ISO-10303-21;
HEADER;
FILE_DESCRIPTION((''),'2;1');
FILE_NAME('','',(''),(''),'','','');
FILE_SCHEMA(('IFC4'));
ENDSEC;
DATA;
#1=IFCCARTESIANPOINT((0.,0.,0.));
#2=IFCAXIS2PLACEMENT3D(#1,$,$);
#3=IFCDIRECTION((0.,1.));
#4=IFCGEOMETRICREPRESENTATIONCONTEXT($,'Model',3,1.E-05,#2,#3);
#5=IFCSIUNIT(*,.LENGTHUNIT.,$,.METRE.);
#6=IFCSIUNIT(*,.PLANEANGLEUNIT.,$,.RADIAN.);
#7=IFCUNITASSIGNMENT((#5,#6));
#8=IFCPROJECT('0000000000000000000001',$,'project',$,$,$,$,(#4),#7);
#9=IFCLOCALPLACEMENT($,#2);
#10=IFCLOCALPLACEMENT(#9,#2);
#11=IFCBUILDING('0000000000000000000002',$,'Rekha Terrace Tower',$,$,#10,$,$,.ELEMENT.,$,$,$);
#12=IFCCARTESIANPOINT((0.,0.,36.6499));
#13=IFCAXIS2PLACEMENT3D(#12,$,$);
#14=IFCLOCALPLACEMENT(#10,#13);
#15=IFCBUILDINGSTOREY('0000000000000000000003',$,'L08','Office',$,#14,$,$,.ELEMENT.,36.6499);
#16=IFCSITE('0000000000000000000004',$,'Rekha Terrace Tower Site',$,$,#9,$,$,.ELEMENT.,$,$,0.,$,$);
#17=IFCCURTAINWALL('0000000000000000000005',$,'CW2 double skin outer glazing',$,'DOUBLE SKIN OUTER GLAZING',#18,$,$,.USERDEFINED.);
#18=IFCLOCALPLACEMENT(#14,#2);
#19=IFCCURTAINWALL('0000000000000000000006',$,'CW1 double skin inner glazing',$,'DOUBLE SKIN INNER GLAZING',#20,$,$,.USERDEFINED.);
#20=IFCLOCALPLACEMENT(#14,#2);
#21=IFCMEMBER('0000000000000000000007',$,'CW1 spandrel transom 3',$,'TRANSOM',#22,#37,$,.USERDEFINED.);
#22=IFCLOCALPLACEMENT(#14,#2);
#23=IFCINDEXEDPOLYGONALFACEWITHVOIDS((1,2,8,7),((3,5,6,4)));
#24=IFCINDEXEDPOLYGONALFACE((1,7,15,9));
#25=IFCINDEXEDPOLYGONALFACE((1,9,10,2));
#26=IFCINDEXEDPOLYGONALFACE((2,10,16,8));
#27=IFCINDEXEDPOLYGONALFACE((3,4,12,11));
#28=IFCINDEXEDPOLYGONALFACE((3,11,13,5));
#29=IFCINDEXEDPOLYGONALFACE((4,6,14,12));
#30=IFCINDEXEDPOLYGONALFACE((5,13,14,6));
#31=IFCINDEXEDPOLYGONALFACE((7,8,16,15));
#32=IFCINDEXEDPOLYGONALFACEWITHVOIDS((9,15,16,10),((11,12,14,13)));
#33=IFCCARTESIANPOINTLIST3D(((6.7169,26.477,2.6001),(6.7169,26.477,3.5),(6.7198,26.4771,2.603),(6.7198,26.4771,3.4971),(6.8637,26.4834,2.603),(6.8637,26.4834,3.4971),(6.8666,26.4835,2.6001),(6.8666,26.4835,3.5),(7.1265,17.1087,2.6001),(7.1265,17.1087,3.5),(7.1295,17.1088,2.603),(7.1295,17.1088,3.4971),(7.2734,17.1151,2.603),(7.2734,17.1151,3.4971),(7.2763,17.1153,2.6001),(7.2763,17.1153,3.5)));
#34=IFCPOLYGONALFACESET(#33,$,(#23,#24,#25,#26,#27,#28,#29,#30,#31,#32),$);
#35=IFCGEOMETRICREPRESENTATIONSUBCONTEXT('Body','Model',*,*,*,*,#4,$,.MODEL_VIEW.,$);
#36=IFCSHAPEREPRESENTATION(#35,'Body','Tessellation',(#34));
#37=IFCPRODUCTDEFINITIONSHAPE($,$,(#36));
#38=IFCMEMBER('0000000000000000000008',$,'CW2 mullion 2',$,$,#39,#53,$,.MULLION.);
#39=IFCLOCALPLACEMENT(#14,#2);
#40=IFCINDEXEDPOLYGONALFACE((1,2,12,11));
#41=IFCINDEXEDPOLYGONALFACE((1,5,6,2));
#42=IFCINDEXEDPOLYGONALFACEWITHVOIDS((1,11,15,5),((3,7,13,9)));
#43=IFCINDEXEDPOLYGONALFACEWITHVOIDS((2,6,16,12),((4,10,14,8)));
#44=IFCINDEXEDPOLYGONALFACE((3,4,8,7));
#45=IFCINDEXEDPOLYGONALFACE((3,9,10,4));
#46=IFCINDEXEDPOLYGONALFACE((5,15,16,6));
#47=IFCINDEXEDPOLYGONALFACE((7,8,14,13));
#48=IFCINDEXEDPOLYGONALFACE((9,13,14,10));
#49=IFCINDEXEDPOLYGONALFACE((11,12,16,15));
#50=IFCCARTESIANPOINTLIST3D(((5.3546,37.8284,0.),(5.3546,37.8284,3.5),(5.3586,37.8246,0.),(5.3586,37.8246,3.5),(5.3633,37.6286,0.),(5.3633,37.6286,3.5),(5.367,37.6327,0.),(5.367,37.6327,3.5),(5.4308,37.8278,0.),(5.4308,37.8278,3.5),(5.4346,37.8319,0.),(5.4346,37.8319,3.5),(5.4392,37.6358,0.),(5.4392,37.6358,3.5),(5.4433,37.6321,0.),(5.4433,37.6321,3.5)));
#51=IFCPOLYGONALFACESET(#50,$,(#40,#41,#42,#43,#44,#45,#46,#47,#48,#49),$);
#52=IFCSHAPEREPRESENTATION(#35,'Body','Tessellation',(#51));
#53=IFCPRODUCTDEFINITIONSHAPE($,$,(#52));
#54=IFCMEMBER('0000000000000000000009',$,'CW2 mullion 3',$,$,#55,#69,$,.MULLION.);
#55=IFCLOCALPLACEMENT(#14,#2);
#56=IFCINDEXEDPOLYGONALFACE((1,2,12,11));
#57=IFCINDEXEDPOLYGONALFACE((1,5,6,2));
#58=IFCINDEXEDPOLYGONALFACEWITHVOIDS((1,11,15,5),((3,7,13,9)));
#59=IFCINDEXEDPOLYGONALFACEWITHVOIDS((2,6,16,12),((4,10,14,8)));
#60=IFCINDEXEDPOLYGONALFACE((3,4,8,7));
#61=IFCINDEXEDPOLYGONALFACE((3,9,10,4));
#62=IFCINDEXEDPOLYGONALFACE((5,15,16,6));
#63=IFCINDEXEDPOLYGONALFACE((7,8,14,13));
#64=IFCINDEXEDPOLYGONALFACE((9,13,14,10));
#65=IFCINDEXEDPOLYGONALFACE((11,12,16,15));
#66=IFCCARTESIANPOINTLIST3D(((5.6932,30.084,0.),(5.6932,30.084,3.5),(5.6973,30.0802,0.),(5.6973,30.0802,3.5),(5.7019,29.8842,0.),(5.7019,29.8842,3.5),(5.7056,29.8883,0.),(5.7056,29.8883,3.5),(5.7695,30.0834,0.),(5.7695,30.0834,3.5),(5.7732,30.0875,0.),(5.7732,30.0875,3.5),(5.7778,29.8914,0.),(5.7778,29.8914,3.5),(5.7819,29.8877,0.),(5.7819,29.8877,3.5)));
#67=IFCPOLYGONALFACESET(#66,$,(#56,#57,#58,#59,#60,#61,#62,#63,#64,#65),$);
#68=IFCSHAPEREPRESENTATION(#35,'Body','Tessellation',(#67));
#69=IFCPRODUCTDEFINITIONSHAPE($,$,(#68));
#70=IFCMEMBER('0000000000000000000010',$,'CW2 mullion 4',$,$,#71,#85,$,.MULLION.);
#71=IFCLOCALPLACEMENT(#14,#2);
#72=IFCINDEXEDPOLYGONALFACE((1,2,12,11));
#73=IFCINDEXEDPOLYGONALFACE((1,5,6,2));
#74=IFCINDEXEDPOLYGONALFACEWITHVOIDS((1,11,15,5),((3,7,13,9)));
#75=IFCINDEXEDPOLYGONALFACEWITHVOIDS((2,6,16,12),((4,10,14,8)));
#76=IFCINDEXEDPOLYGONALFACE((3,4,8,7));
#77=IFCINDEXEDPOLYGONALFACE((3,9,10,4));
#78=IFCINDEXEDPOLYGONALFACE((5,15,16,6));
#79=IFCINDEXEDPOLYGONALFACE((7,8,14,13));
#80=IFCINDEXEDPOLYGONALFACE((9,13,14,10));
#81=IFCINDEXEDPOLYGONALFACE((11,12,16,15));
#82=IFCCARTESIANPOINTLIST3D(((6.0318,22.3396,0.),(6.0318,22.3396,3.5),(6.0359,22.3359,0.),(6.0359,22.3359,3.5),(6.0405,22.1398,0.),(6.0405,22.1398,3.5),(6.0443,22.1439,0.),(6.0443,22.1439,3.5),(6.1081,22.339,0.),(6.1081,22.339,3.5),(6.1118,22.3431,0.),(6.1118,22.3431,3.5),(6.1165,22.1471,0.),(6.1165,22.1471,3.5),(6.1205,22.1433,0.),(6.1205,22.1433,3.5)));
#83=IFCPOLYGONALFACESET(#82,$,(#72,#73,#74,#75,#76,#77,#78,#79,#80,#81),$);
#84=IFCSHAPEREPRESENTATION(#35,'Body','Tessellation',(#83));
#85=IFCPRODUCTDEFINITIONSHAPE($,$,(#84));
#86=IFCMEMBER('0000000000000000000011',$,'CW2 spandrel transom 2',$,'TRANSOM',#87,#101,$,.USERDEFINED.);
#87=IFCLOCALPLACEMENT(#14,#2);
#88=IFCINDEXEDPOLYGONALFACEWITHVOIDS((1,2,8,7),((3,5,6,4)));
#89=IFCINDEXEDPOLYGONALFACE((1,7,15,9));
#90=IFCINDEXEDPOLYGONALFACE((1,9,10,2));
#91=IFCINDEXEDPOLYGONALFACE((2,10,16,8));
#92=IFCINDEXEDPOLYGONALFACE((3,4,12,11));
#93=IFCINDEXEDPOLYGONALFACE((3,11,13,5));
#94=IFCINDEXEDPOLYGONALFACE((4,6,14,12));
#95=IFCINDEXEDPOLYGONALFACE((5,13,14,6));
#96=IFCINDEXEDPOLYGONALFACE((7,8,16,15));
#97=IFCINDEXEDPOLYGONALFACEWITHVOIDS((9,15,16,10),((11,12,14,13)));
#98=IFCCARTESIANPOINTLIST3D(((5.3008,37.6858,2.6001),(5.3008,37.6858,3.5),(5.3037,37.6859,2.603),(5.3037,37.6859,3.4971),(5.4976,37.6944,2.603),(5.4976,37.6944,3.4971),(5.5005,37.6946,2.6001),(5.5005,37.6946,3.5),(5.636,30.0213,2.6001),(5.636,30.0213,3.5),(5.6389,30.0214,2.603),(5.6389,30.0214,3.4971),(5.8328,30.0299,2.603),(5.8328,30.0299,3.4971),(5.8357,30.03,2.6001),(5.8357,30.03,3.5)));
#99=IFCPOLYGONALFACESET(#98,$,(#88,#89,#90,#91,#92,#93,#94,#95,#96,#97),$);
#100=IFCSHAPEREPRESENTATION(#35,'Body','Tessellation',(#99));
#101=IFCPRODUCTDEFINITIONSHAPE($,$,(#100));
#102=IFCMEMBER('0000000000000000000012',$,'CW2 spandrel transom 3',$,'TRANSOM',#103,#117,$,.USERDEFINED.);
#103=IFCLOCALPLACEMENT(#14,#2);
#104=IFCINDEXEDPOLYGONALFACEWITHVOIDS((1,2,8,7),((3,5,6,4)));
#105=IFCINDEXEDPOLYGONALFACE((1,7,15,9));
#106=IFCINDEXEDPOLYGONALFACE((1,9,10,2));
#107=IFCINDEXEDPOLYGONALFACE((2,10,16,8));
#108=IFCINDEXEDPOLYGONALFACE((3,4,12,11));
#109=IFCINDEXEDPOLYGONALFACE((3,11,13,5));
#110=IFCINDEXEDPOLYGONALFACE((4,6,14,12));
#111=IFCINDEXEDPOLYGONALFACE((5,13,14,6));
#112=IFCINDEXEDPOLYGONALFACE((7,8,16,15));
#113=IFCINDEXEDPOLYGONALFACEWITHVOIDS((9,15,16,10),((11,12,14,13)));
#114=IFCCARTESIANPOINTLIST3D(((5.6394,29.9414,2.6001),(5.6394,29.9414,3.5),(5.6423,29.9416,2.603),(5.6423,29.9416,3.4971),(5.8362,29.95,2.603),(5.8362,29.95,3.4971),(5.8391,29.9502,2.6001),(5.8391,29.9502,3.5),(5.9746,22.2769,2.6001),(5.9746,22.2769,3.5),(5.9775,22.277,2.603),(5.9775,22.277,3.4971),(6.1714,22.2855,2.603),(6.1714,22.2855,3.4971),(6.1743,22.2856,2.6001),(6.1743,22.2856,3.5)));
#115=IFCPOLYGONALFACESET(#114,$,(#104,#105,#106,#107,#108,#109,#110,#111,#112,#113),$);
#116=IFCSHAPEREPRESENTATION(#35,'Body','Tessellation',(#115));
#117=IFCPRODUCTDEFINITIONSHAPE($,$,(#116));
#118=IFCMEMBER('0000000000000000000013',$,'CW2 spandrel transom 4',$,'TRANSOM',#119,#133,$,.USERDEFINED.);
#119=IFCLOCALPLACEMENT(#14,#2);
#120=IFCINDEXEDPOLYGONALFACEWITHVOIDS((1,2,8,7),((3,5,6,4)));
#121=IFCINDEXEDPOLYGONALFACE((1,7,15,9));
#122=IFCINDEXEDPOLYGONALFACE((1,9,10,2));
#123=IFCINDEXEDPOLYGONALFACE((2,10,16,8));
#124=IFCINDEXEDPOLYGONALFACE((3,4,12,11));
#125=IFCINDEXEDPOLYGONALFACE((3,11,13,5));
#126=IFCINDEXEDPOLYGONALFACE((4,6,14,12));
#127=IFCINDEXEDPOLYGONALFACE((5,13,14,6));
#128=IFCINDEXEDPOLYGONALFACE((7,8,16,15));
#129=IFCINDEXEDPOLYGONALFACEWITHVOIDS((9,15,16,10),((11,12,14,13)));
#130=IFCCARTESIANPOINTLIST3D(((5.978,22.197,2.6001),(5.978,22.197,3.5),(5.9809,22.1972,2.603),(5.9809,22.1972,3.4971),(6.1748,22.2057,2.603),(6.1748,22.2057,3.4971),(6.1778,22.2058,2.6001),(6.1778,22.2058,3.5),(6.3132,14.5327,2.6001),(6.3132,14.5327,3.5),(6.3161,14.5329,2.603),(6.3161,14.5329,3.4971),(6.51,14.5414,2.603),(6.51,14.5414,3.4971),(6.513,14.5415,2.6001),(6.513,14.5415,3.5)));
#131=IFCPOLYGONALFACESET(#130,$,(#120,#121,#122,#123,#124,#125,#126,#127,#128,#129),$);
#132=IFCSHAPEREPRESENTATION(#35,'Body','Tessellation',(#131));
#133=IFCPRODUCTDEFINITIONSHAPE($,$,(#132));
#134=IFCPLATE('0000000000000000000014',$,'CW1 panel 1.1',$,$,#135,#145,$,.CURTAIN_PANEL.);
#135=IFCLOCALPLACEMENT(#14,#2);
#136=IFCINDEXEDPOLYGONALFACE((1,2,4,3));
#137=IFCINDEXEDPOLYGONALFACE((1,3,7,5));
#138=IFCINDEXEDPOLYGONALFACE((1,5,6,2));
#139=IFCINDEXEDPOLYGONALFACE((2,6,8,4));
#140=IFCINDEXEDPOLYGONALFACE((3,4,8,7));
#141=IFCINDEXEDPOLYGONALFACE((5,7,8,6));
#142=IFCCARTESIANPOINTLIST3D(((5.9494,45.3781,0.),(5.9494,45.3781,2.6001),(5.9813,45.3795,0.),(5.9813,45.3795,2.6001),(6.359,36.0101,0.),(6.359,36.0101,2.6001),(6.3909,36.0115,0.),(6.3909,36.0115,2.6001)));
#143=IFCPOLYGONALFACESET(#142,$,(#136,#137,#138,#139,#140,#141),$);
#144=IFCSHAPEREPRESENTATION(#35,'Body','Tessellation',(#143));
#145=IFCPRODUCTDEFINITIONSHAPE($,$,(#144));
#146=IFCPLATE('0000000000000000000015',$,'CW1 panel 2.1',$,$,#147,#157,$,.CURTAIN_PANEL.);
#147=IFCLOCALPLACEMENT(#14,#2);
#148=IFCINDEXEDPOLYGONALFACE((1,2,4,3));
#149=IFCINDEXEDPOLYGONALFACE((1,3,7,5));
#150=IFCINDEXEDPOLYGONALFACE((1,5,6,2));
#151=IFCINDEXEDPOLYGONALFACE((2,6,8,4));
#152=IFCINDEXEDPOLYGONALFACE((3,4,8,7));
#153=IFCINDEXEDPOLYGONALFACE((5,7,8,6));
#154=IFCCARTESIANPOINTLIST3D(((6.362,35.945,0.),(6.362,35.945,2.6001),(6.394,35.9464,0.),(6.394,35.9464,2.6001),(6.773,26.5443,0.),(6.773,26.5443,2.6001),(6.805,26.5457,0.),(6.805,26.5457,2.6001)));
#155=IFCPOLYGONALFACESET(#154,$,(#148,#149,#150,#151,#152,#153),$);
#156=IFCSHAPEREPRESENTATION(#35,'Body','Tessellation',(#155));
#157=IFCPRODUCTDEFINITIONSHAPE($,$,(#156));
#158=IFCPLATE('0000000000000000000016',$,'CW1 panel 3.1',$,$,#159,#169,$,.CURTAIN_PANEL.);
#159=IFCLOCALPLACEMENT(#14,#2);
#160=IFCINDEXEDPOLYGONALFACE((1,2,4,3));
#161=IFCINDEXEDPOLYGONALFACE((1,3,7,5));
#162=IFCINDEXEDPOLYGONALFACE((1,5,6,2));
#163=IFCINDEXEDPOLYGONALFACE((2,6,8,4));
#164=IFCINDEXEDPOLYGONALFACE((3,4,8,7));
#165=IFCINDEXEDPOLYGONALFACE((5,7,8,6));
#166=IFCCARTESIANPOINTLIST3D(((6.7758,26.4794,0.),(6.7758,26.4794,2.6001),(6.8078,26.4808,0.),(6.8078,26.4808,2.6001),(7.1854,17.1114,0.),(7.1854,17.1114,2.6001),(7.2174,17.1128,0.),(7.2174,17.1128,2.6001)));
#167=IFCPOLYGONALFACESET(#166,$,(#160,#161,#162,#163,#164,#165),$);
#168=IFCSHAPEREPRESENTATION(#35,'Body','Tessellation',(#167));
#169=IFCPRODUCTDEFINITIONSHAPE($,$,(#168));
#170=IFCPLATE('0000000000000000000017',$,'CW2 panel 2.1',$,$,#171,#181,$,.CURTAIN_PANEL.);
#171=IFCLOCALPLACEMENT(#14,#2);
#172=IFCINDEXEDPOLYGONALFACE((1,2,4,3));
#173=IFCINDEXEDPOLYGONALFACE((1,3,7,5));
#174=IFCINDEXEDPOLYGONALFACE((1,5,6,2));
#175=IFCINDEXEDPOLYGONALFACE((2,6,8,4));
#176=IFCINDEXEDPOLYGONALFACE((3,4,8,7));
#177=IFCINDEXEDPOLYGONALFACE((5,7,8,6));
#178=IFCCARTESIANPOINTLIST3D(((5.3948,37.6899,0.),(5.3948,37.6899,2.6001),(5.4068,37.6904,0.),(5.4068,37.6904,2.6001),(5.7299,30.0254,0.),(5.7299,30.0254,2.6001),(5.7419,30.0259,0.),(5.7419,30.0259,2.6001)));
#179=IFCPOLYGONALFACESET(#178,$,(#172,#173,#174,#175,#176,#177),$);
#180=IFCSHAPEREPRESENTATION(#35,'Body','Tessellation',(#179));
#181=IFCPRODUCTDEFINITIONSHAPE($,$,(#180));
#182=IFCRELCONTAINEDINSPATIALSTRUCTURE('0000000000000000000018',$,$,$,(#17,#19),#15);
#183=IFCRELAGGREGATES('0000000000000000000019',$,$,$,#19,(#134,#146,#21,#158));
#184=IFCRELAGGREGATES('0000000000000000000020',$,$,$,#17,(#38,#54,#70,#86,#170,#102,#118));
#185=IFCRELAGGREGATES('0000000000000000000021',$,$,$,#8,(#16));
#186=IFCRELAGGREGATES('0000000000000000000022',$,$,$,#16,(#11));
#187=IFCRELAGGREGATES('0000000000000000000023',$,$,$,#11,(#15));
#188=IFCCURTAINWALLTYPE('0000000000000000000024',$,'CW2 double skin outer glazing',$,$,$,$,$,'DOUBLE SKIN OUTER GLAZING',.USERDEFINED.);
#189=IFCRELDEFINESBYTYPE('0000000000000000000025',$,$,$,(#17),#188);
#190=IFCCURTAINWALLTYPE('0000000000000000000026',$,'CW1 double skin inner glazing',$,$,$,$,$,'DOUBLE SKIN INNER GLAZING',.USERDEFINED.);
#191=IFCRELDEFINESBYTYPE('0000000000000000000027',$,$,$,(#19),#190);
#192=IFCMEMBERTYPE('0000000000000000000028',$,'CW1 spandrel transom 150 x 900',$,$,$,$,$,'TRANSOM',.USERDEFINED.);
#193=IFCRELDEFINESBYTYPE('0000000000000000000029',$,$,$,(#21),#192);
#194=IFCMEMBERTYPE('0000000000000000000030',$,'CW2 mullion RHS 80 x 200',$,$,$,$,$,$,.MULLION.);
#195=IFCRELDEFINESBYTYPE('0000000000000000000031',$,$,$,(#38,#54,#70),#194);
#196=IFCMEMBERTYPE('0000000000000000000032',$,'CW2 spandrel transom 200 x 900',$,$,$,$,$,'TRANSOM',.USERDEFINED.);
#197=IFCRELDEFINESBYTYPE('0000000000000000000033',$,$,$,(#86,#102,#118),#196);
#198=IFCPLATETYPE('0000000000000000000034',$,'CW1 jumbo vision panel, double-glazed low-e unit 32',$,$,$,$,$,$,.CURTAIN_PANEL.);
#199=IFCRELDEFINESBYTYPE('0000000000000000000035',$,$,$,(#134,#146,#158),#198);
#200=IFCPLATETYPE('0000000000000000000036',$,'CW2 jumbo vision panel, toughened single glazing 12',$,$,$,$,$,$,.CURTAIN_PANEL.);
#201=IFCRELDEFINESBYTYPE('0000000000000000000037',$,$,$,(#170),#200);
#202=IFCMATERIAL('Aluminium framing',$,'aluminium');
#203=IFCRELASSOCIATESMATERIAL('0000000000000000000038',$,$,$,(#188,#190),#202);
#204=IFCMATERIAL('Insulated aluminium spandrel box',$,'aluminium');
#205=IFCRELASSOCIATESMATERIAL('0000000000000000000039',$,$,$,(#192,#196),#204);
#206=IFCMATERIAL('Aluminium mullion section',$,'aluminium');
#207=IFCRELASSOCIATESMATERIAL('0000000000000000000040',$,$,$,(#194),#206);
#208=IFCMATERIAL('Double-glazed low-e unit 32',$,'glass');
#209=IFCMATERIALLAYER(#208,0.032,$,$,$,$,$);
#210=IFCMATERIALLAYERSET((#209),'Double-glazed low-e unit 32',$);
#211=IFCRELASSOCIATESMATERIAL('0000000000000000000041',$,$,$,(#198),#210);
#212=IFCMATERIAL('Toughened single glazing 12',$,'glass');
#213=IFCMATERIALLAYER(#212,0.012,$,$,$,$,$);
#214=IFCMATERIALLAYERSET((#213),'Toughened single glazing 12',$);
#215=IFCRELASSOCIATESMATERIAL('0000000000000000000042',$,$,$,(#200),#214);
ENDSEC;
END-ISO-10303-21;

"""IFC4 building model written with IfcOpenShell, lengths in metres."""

from ifc_helpers import new_model, si_unit, direction, frame, origin, origin_2d, place, context, subcontext, project, spatial, rectangle, hollow_rectangle, extrude, material, layer, layer_set, material_profile, profile_set, type_object, element, aggregate, save


model = new_model("IFC4")

# Units and contexts
model_context = context("Model", 3, precision=1e-05, world=origin(), true_north=direction((0.0, 1.0)))
body_context = subcontext(model_context, "Body", "Model", "MODEL_VIEW")
ifc_project = project(units=[si_unit("LENGTHUNIT", "METRE"), si_unit("PLANEANGLEUNIT", "RADIAN")], contexts=[model_context])

# Site, building, storey
site_placement = place(None, origin())
site = spatial("IfcSite", under=ifc_project, at=site_placement, Name="Rekha Terrace Tower Site", CompositionType="ELEMENT", RefElevation=0.0)
building_placement = place(site_placement, origin())
building = spatial("IfcBuilding", under=site, at=building_placement, Name="Rekha Terrace Tower", CompositionType="ELEMENT")
storey_placement = place(building_placement, frame((0.0, 0.0, 36.6499)))
storey = spatial("IfcBuildingStorey", under=building, at=storey_placement, Name="L08", Description="Office", CompositionType="ELEMENT", Elevation=36.6499)

# Curtain walls, member
ifc_material_1 = material(Name="Aluminium framing", Category="aluminium")
curtain_wall_type_1 = type_object("IfcCurtainWallType", Name="CW2 double skin outer glazing", ElementType="DOUBLE SKIN OUTER GLAZING", PredefinedType="USERDEFINED", material=ifc_material_1)
curtain_wall_1_placement = place(storey_placement, origin())
curtain_wall_1 = element("IfcCurtainWall", 1, at=curtain_wall_1_placement, inside=storey, type_object=curtain_wall_type_1, Name="CW2 double skin outer glazing", ObjectType="DOUBLE SKIN OUTER GLAZING", PredefinedType="USERDEFINED")
curtain_wall_type_2 = type_object("IfcCurtainWallType", Name="CW1 double skin inner glazing", ElementType="DOUBLE SKIN INNER GLAZING", PredefinedType="USERDEFINED", material=ifc_material_1)
curtain_wall_2_placement = place(storey_placement, origin())
curtain_wall_2 = element("IfcCurtainWall", 2, at=curtain_wall_2_placement, inside=storey, type_object=curtain_wall_type_2, Name="CW1 double skin inner glazing", ObjectType="DOUBLE SKIN INNER GLAZING", PredefinedType="USERDEFINED")
ifc_material_2 = material(Name="Aluminium mullion section", Category="aluminium")
ifc_material_3 = material(Name="Insulated aluminium spandrel box", Category="aluminium")
ifc_material_profile_1 = material_profile(ifc_material_3, hollow_rectangle(XDim=0.1499, YDim=0.8999, WallThickness=0.0029, at=origin_2d()), Name="AL SPANDREL BOX 150x900")
ifc_profile_set_1 = profile_set([ifc_material_profile_1], Name="Insulated aluminium spandrel box")
member_type_1 = type_object("IfcMemberType", Name="CW1 spandrel transom 150 x 900", ElementType="TRANSOM", PredefinedType="USERDEFINED", material=ifc_profile_set_1)
member_1_placement = place(storey_placement, frame((6.7917, 26.4802, 3.05), z_axis=(0.043688, -0.999045, 0.0), x_axis=(0.999045, 0.043688, 0.0)))
member_1 = element("IfcMember", 3, at=member_1_placement, type_object=member_type_1, Name="CW1 spandrel transom 3", ObjectType="TRANSOM", PredefinedType="USERDEFINED", context=body_context, shape_type="SweptSolid", body=[
    extrude(hollow_rectangle(XDim=0.1499, YDim=0.8999, WallThickness=0.0029, at=origin_2d()), origin(), (0.0, 0.0, 1.0), 9.3772),
])

# Members
ifc_material_profile_2 = material_profile(ifc_material_2, hollow_rectangle(XDim=0.0801, YDim=0.2, WallThickness=0.0039, at=origin_2d()), Name="AL RHS 80x200")
ifc_profile_set_2 = profile_set([ifc_material_profile_2], Name="Aluminium mullion section")
member_type_2 = type_object("IfcMemberType", Name="CW2 mullion RHS 80 x 200", PredefinedType="MULLION", material=ifc_profile_set_2)
member_2_placement = place(storey_placement, frame((5.3989, 37.7302, 0.0), z_axis=(0.0, 0.0, 1.0), x_axis=(0.999045, 0.043683, 0.0)))
member_2 = element("IfcMember", 4, at=member_2_placement, type_object=member_type_2, Name="CW2 mullion 2", PredefinedType="MULLION", context=body_context, shape_type="SweptSolid", body=[
    extrude(hollow_rectangle(XDim=0.0801, YDim=0.2, WallThickness=0.0039, at=origin_2d()), origin(), (0.0, 0.0, 1.0), 3.5),
])
member_3_placement = place(storey_placement, frame((5.7375, 29.9858, 0.0), z_axis=(0.0, 0.0, 1.0), x_axis=(0.999045, 0.043683, 0.0)))
member_3 = element("IfcMember", 5, at=member_3_placement, type_object=member_type_2, Name="CW2 mullion 3", PredefinedType="MULLION", context=body_context, shape_type="SweptSolid", body=[
    extrude(hollow_rectangle(XDim=0.0801, YDim=0.2, WallThickness=0.0039, at=origin_2d()), origin(), (0.0, 0.0, 1.0), 3.5),
])
member_4_placement = place(storey_placement, frame((6.0762, 22.2415, 0.0), z_axis=(0.0, 0.0, 1.0), x_axis=(0.999045, 0.043683, 0.0)))
member_4 = element("IfcMember", 6, at=member_4_placement, type_object=member_type_2, Name="CW2 mullion 4", PredefinedType="MULLION", context=body_context, shape_type="SweptSolid", body=[
    extrude(hollow_rectangle(XDim=0.0801, YDim=0.2, WallThickness=0.0039, at=origin_2d()), origin(), (0.0, 0.0, 1.0), 3.5),
])
ifc_material_profile_3 = material_profile(ifc_material_3, hollow_rectangle(XDim=0.2, YDim=0.8999, WallThickness=0.0029, at=origin_2d()), Name="AL SPANDREL BOX 200x900")
ifc_profile_set_3 = profile_set([ifc_material_profile_3], Name="Insulated aluminium spandrel box")
member_type_3 = type_object("IfcMemberType", Name="CW2 spandrel transom 200 x 900", ElementType="TRANSOM", PredefinedType="USERDEFINED", material=ifc_profile_set_3)
member_5_placement = place(storey_placement, frame((5.4006, 37.6902, 3.05), z_axis=(0.043693, -0.999045, 0.0), x_axis=(0.999045, 0.043693, 0.0)))
member_5 = element("IfcMember", 7, at=member_5_placement, type_object=member_type_3, Name="CW2 spandrel transom 2", ObjectType="TRANSOM", PredefinedType="USERDEFINED", context=body_context, shape_type="SweptSolid", body=[
    extrude(hollow_rectangle(XDim=0.2, YDim=0.8999, WallThickness=0.0029, at=origin_2d()), origin(), (0.0, 0.0, 1.0), 7.6719),
])
member_6_placement = place(storey_placement, frame((5.7393, 29.9458, 3.05), z_axis=(0.043693, -0.999045, 0.0), x_axis=(0.999045, 0.043693, 0.0)))
member_6 = element("IfcMember", 8, at=member_6_placement, type_object=member_type_3, Name="CW2 spandrel transom 3", ObjectType="TRANSOM", PredefinedType="USERDEFINED", context=body_context, shape_type="SweptSolid", body=[
    extrude(hollow_rectangle(XDim=0.2, YDim=0.8999, WallThickness=0.0029, at=origin_2d()), origin(), (0.0, 0.0, 1.0), 7.6719),
])
member_7_placement = place(storey_placement, frame((6.0779, 22.2014, 3.05), z_axis=(0.043694, -0.999045, 0.0), x_axis=(0.999045, 0.043694, 0.0)))
member_7 = element("IfcMember", 9, at=member_7_placement, type_object=member_type_3, Name="CW2 spandrel transom 4", ObjectType="TRANSOM", PredefinedType="USERDEFINED", context=body_context, shape_type="SweptSolid", body=[
    extrude(hollow_rectangle(XDim=0.2, YDim=0.8999, WallThickness=0.0029, at=origin_2d()), origin(), (0.0, 0.0, 1.0), 7.6716),
])

# Plates
ifc_material_4 = material(Name="Double-glazed low-e unit 32", Category="glass")
ifc_layer_1 = layer(ifc_material_4, 0.032)
ifc_layer_set_1 = layer_set([ifc_layer_1], Name="Double-glazed low-e unit 32")
plate_type_1 = type_object("IfcPlateType", Name="CW1 jumbo vision panel, double-glazed low-e unit 32", PredefinedType="CURTAIN_PANEL", material=ifc_layer_set_1)
plate_1_placement = place(storey_placement, frame((6.1702, 40.6948, 0.0), z_axis=(0.0, 0.0, 1.0), x_axis=(0.043683, -0.999045, 0.0)))
plate_1 = element("IfcPlate", 10, at=plate_1_placement, type_object=plate_type_1, Name="CW1 panel 1.1", PredefinedType="CURTAIN_PANEL", context=body_context, shape_type="SweptSolid", body=[
    extrude(rectangle(XDim=9.377, YDim=0.032, at=origin_2d()), origin(), (0.0, 0.0, 1.0), 2.6001),
])
plate_2_placement = place(storey_placement, frame((6.5835, 31.2454, 0.0), z_axis=(0.0, 0.0, 1.0), x_axis=(0.043683, -0.999045, 0.0)))
plate_2 = element("IfcPlate", 11, at=plate_2_placement, type_object=plate_type_1, Name="CW1 panel 2.1", PredefinedType="CURTAIN_PANEL", context=body_context, shape_type="SweptSolid", body=[
    extrude(rectangle(XDim=9.4097, YDim=0.032, at=origin_2d()), origin(), (0.0, 0.0, 1.0), 2.6001),
])
plate_3_placement = place(storey_placement, frame((6.9966, 21.7961, 0.0), z_axis=(0.0, 0.0, 1.0), x_axis=(0.043683, -0.999045, 0.0)))
plate_3 = element("IfcPlate", 12, at=plate_3_placement, type_object=plate_type_1, Name="CW1 panel 3.1", PredefinedType="CURTAIN_PANEL", context=body_context, shape_type="SweptSolid", body=[
    extrude(rectangle(XDim=9.377, YDim=0.032, at=origin_2d()), origin(), (0.0, 0.0, 1.0), 2.6001),
])
aggregate(curtain_wall_2, [plate_1, plate_2, member_1, plate_3])
ifc_material_5 = material(Name="Toughened single glazing 12", Category="glass")
ifc_layer_2 = layer(ifc_material_5, 0.012)
ifc_layer_set_2 = layer_set([ifc_layer_2], Name="Toughened single glazing 12")
plate_type_2 = type_object("IfcPlateType", Name="CW2 jumbo vision panel, toughened single glazing 12", PredefinedType="CURTAIN_PANEL", material=ifc_layer_set_2)
plate_4_placement = place(storey_placement, frame((5.5684, 33.8579, 0.0), z_axis=(0.0, 0.0, 1.0), x_axis=(0.043683, -0.999045, 0.0)))
plate_4 = element("IfcPlate", 13, at=plate_4_placement, type_object=plate_type_2, Name="CW2 panel 2.1", PredefinedType="CURTAIN_PANEL", context=body_context, shape_type="SweptSolid", body=[
    extrude(rectangle(XDim=7.6719, YDim=0.012, at=origin_2d()), origin(), (0.0, 0.0, 1.0), 2.6001),
])
aggregate(curtain_wall_1, [member_2, member_3, member_4, member_5, plate_4, member_6, member_7])

save(model, "model.ifc")
